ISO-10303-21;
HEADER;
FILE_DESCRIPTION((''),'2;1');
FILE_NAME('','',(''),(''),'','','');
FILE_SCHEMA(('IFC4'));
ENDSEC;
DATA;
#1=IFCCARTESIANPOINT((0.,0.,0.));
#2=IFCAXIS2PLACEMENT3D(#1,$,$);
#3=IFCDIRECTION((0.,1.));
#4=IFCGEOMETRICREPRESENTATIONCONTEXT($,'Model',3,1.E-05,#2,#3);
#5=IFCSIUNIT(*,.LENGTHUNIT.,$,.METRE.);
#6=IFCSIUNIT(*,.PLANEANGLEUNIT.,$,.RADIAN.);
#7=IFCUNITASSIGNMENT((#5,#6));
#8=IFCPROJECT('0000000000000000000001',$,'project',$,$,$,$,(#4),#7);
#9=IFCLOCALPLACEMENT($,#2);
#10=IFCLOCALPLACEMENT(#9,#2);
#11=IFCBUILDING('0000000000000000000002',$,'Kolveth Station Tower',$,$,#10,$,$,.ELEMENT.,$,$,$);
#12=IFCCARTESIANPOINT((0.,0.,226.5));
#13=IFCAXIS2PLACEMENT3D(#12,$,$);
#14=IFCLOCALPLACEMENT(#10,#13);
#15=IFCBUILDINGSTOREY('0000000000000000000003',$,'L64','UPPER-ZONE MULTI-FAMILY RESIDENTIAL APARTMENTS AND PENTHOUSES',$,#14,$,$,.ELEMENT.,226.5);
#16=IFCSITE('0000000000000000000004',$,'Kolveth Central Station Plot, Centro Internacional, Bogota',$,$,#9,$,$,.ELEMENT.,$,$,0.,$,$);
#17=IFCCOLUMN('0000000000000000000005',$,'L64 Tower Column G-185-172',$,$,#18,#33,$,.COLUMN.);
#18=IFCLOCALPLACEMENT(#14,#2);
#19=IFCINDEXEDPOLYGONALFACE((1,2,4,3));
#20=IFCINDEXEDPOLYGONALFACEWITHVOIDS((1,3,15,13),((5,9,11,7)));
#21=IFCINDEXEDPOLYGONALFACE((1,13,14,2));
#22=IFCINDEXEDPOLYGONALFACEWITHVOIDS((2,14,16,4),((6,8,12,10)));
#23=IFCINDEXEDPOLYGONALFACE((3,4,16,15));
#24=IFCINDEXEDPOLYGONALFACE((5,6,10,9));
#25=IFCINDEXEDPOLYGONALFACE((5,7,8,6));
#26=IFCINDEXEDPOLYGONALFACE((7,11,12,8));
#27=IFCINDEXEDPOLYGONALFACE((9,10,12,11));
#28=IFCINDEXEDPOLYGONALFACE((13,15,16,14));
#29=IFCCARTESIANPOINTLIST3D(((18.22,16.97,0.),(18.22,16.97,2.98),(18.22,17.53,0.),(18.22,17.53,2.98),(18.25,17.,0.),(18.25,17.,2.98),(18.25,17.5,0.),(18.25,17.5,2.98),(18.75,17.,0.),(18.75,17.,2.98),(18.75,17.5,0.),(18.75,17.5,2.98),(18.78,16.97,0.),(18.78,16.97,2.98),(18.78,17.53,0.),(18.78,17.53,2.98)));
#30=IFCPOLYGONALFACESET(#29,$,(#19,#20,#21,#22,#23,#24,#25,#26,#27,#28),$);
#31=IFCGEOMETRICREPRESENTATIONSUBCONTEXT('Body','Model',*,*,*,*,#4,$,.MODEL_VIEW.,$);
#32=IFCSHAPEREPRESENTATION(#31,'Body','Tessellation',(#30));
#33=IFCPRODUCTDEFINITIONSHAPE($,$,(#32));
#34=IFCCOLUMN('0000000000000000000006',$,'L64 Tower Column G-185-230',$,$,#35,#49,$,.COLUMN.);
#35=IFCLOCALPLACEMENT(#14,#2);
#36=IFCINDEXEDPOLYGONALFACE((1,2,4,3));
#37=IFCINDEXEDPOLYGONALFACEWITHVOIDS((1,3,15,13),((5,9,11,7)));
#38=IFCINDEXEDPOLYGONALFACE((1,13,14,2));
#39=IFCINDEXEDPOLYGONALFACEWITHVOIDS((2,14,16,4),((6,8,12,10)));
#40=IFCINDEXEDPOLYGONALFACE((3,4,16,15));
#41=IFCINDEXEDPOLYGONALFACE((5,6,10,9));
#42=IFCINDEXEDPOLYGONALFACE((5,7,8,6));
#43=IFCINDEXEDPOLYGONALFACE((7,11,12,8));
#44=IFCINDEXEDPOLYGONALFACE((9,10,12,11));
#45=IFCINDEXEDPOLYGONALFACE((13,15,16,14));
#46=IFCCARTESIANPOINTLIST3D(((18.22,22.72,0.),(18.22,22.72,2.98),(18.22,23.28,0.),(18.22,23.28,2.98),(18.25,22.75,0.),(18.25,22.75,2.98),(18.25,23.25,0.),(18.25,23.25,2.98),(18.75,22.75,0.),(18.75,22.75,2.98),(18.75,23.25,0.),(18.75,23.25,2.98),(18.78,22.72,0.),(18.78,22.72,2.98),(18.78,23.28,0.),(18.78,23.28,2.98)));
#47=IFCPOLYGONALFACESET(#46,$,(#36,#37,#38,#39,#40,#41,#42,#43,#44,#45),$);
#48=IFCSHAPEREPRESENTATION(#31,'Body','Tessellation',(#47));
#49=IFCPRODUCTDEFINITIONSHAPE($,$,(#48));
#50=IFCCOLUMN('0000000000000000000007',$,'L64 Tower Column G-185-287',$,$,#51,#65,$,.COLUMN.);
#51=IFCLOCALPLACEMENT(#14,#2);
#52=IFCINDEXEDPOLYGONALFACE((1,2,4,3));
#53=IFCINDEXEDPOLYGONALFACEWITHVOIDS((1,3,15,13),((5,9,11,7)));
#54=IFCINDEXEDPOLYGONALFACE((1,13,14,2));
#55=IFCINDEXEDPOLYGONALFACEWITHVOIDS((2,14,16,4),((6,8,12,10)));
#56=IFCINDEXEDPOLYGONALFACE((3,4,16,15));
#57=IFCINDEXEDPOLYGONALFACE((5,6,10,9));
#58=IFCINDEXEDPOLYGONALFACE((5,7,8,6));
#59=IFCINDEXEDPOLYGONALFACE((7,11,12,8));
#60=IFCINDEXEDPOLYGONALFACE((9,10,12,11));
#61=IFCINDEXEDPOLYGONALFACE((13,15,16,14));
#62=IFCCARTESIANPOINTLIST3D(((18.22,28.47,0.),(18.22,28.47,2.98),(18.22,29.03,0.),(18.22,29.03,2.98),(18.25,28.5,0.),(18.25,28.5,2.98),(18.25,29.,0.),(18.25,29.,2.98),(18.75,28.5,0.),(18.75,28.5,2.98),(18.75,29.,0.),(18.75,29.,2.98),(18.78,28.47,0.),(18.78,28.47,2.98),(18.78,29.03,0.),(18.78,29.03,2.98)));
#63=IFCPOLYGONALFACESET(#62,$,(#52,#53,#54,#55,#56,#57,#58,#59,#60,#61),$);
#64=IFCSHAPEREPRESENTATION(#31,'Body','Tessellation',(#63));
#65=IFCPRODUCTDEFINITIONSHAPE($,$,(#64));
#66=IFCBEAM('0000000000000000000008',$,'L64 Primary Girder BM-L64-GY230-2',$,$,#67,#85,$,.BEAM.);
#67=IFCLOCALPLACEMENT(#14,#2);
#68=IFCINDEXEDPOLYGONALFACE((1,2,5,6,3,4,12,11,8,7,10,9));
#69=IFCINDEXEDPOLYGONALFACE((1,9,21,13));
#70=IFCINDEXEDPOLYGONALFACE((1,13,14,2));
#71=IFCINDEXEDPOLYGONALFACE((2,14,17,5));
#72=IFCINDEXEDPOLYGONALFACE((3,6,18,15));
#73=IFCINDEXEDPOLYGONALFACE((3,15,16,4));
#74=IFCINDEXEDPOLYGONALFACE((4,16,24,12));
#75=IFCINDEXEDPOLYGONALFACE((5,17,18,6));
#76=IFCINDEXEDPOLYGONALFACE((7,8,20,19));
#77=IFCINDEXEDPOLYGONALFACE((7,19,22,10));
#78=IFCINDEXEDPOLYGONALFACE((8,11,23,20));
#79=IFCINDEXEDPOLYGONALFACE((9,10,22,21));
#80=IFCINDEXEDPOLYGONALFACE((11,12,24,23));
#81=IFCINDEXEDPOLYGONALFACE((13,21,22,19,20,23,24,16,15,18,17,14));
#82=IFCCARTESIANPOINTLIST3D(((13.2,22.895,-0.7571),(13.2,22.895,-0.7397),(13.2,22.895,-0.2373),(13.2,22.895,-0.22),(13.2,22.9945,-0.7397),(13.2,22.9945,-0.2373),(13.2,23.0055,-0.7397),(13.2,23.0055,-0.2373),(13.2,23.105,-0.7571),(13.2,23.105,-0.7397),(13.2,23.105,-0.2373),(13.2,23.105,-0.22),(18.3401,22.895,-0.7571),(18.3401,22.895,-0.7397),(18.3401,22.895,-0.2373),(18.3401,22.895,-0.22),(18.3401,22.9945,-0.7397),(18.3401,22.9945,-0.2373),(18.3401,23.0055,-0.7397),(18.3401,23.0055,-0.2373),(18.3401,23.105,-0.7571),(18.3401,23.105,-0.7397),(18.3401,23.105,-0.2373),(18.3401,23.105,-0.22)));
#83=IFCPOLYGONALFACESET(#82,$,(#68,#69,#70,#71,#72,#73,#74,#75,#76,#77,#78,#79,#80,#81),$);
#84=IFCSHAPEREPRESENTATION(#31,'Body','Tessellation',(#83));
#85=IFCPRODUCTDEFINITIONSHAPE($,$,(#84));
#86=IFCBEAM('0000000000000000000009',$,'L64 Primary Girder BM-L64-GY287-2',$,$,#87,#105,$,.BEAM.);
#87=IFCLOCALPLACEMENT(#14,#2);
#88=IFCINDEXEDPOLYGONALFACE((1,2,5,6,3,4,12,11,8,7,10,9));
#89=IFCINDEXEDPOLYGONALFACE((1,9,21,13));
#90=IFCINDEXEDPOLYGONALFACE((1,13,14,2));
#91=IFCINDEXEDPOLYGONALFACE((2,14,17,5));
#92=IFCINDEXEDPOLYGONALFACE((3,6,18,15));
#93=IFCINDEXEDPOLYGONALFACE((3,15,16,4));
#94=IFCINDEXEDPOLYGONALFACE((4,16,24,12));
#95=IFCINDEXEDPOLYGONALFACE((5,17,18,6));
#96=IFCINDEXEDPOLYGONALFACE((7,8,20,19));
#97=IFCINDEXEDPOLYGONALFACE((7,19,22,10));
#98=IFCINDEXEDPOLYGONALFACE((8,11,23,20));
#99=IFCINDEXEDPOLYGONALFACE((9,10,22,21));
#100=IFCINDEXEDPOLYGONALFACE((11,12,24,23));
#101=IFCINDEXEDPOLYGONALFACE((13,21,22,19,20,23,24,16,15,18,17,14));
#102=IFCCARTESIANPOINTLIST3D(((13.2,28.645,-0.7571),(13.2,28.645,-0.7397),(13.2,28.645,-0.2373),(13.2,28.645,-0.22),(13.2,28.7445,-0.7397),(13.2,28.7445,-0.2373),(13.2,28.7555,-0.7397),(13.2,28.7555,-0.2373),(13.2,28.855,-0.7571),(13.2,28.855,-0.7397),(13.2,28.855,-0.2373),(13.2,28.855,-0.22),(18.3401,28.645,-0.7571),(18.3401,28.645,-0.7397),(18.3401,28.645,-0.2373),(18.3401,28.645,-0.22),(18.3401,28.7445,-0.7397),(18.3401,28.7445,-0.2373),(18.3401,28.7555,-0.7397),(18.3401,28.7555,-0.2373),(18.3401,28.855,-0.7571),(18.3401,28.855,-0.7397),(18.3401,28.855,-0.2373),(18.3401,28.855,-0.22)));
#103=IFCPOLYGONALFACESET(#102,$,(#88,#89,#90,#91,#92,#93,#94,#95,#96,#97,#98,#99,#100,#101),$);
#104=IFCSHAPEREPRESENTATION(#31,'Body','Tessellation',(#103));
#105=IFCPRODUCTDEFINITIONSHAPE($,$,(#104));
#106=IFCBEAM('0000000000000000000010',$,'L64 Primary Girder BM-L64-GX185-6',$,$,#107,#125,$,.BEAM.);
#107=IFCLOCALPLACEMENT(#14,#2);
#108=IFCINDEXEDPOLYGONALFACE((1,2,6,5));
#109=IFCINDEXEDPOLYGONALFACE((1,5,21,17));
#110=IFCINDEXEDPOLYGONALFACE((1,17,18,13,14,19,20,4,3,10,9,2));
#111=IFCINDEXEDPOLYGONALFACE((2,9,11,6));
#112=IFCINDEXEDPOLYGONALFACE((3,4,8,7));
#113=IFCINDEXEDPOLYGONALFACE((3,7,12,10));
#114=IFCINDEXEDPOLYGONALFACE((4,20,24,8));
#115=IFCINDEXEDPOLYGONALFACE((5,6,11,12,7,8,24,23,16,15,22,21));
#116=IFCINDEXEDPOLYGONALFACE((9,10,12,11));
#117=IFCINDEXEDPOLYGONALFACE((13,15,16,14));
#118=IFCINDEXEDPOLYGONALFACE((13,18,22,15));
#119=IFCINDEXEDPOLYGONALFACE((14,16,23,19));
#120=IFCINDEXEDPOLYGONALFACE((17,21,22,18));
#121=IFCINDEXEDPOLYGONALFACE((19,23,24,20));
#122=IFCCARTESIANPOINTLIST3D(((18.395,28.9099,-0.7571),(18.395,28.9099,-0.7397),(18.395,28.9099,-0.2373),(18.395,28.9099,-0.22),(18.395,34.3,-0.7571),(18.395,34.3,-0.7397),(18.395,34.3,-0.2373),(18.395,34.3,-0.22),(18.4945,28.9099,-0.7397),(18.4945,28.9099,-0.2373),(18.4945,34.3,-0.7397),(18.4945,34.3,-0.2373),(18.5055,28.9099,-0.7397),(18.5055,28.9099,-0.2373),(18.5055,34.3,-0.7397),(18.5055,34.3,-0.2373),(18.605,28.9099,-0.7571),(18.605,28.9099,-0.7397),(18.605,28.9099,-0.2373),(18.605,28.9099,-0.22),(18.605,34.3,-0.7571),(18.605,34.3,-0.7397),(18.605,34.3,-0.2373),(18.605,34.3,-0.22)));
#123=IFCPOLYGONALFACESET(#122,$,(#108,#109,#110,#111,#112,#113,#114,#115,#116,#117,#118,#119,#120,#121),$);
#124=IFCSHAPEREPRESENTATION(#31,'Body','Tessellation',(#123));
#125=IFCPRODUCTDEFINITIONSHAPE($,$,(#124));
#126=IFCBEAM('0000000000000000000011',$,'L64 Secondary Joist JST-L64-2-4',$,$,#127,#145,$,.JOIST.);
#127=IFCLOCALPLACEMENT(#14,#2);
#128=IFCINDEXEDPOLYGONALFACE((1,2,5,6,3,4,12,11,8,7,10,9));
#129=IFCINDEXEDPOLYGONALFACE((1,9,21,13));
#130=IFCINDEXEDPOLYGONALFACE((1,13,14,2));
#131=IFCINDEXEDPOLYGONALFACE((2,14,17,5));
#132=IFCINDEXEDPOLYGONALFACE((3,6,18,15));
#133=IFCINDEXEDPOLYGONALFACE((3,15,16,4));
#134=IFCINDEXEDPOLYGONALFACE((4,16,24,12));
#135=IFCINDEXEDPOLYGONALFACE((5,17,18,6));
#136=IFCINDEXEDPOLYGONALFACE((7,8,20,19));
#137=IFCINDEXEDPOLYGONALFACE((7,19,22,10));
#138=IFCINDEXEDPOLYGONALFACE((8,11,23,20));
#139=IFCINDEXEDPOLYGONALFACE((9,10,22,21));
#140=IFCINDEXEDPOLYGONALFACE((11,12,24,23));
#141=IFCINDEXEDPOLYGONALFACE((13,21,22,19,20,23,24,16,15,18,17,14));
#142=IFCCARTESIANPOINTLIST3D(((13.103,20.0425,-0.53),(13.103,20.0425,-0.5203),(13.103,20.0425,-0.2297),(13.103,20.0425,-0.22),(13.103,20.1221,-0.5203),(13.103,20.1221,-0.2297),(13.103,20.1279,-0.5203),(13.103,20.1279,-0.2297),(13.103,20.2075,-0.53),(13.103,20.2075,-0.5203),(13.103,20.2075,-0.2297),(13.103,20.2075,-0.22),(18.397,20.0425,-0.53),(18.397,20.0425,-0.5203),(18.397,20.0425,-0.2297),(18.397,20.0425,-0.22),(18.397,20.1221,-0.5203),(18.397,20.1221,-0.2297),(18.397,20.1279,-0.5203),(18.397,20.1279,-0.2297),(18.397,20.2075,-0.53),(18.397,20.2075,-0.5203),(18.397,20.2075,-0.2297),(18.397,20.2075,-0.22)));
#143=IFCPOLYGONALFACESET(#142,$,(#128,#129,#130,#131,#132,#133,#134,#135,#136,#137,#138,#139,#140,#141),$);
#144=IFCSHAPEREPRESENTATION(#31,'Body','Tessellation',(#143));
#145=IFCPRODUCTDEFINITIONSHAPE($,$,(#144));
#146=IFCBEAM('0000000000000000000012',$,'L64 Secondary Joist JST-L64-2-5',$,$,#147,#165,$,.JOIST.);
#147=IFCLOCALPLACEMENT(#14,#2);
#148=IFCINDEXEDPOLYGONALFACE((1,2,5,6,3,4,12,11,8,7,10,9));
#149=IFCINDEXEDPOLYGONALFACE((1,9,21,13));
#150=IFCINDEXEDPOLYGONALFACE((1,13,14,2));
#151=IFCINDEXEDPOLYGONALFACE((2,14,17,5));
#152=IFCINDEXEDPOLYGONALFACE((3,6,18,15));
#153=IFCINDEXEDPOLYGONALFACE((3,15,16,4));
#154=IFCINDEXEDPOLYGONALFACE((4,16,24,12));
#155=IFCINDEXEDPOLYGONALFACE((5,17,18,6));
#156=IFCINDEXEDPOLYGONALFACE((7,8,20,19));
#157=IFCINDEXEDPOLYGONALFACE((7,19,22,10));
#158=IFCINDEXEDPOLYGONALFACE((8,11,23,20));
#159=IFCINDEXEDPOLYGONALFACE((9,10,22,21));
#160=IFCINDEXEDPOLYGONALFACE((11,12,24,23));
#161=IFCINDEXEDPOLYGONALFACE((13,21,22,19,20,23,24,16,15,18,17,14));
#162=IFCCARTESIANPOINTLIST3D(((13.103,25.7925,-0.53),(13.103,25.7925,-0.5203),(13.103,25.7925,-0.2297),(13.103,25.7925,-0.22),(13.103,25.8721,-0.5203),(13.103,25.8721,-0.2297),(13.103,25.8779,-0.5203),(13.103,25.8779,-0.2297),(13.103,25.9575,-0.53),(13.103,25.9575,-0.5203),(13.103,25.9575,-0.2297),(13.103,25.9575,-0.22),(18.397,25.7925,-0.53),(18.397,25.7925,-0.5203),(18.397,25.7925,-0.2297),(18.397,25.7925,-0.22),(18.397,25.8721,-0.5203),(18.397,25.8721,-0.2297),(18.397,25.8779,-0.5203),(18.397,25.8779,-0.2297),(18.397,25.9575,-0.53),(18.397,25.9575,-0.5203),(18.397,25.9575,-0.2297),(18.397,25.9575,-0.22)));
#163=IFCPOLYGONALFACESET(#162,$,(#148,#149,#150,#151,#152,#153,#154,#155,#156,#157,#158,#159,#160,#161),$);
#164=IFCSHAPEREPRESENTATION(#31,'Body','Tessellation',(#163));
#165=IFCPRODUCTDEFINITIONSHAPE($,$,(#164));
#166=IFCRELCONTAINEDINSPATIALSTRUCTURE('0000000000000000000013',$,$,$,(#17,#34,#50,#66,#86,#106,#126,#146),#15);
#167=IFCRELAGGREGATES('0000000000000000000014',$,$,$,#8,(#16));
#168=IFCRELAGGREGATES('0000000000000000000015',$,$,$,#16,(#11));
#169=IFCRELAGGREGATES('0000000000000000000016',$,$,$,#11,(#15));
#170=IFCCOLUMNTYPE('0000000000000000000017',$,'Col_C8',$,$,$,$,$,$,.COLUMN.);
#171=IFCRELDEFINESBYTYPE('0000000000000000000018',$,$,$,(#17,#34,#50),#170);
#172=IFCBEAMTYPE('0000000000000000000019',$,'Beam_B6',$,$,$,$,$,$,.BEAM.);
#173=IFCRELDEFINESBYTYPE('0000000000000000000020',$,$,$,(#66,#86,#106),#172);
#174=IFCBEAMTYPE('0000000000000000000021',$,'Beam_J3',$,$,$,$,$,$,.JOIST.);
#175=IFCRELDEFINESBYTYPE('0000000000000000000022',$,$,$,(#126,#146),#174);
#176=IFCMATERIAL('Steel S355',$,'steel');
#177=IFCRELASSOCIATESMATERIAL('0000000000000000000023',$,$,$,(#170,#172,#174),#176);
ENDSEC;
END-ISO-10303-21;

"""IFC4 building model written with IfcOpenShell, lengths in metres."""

from ifc_helpers import new_model, si_unit, direction, frame, origin, origin_2d, place, context, subcontext, project, spatial, hollow_rectangle, i_section, extrude, source, transform, mapped, material, material_profile, profile_set, type_object, element, save


model = new_model("IFC4")

# Units and contexts
model_context = context("Model", 3, precision=1e-05, world=origin(), true_north=direction((0.0, 1.0)))
body_context = subcontext(model_context, "Body", "Model", "MODEL_VIEW")
ifc_project = project(units=[si_unit("LENGTHUNIT", "METRE"), si_unit("PLANEANGLEUNIT", "RADIAN")], contexts=[model_context])

# Site, building, storey
site_placement = place(None, origin())
site = spatial("IfcSite", under=ifc_project, at=site_placement, Name="Kolveth Central Station Plot, Centro Internacional, Bogota", CompositionType="ELEMENT", RefElevation=0.0)
building_placement = place(site_placement, origin())
building = spatial("IfcBuilding", under=site, at=building_placement, Name="Kolveth Station Tower", CompositionType="ELEMENT")
storey_placement = place(building_placement, frame((0.0, 0.0, 226.5)))
storey = spatial("IfcBuildingStorey", under=building, at=storey_placement, Name="L64", Description="UPPER-ZONE MULTI-FAMILY RESIDENTIAL APARTMENTS AND PENTHOUSES", CompositionType="ELEMENT", Elevation=226.5)

# Columns
ifc_material_1 = material(Name="Steel S355", Category="steel")
ifc_material_profile_1 = material_profile(ifc_material_1, hollow_rectangle(XDim=0.5601, YDim=0.5601, WallThickness=0.03, at=origin_2d()), Name="BOX560x560x30")
ifc_profile_set_1 = profile_set([ifc_material_profile_1], Name="Steel S355")
column_type = type_object("IfcColumnType", Name="Col_C8", PredefinedType="COLUMN", material=ifc_profile_set_1)
shared_shape_1 = source(origin(), body_context, "Body", "SweptSolid", [
    extrude(hollow_rectangle(XDim=0.5601, YDim=0.5601, WallThickness=0.03, at=origin_2d()), origin(), (0.0, 0.0, 1.0), 2.98),
])
for number, where, z_axis, x_axis, name in (
    (1, (18.5, 17.25, 0.0), (0.0, 0.0, 1.0), (1.0, 0.0, 0.0), "L64 Tower Column G-185-172"),
    (2, (18.5, 23.0, 0.0), (0.0, 0.0, 1.0), (1.0, 0.0, 0.0), "L64 Tower Column G-185-230"),
    (3, (18.5, 28.75, 0.0), (0.0, 0.0, 1.0), (1.0, 0.0, 0.0), "L64 Tower Column G-185-287"),
):
    element("IfcColumn", number, at=place(storey_placement, frame(where, z_axis=z_axis, x_axis=x_axis)), inside=storey, type_object=column_type, Name=name, PredefinedType="COLUMN", context=body_context, shape_type="MappedRepresentation", body=[
        mapped(shared_shape_1, transform((0.0, 0.0, 0.0), x_axis=(1.0, 0.0, 0.0), y_axis=(0.0, 1.0, 0.0), z_axis=(0.0, 0.0, 1.0), scale=1.0)),
    ])

# Beams
ifc_material_profile_2 = material_profile(ifc_material_1, i_section(OverallWidth=0.21, OverallDepth=0.5371, WebThickness=0.011, FlangeThickness=0.0173, at=origin_2d()), Name="W530x101")
ifc_profile_set_2 = profile_set([ifc_material_profile_2], Name="Steel S355")
beam_type_1 = type_object("IfcBeamType", Name="Beam_B6", PredefinedType="BEAM", material=ifc_profile_set_2)
shared_shape_2 = source(origin(), body_context, "Body", "SweptSolid", [
    extrude(i_section(OverallWidth=0.21, OverallDepth=0.5371, WebThickness=0.011, FlangeThickness=0.0173, at=origin_2d()), origin(), (0.0, 0.0, 1.0), 5.1401),
])
for number, where, z_axis, x_axis, name in (
    (4, (13.2, 23.0, -0.4885), (1.0, 0.0, 0.0), (0.0, 1.0, 0.0), "L64 Primary Girder BM-L64-GY230-2"),
    (5, (13.2, 28.75, -0.4885), (1.0, 0.0, 0.0), (0.0, 1.0, 0.0), "L64 Primary Girder BM-L64-GY287-2"),
):
    element("IfcBeam", number, at=place(storey_placement, frame(where, z_axis=z_axis, x_axis=x_axis)), inside=storey, type_object=beam_type_1, Name=name, PredefinedType="BEAM", context=body_context, shape_type="MappedRepresentation", body=[
        mapped(shared_shape_2, transform((0.0, 0.0, 0.0), x_axis=(1.0, 0.0, 0.0), y_axis=(0.0, 1.0, 0.0), z_axis=(0.0, 0.0, 1.0), scale=1.0)),
    ])
shared_shape_3 = source(origin(), body_context, "Body", "SweptSolid", [
    extrude(i_section(OverallWidth=0.21, OverallDepth=0.5371, WebThickness=0.011, FlangeThickness=0.0173, at=origin_2d()), origin(), (0.0, 0.0, 1.0), 5.3901),
])
beam_placement = place(storey_placement, frame((18.5, 28.9099, -0.4885), z_axis=(0.0, 1.0, 0.0), x_axis=(-1.0, 0.0, 0.0)))
element("IfcBeam", 6, at=beam_placement, inside=storey, type_object=beam_type_1, Name="L64 Primary Girder BM-L64-GX185-6", PredefinedType="BEAM", context=body_context, shape_type="MappedRepresentation", body=[
    mapped(shared_shape_3, transform((0.0, 0.0, 0.0), x_axis=(1.0, 0.0, 0.0), y_axis=(0.0, 1.0, 0.0), z_axis=(0.0, 0.0, 1.0), scale=1.0)),
])
ifc_material_profile_3 = material_profile(ifc_material_1, i_section(OverallWidth=0.165, OverallDepth=0.3101, WebThickness=0.0059, FlangeThickness=0.0098, at=origin_2d()), Name="W310x39")
ifc_profile_set_3 = profile_set([ifc_material_profile_3], Name="Steel S355")
beam_type_2 = type_object("IfcBeamType", Name="Beam_J3", PredefinedType="JOIST", material=ifc_profile_set_3)
shared_shape_4 = source(origin(), body_context, "Body", "SweptSolid", [
    extrude(i_section(OverallWidth=0.165, OverallDepth=0.3101, WebThickness=0.0059, FlangeThickness=0.0098, at=origin_2d()), origin(), (0.0, 0.0, 1.0), 5.2939),
])
for number, where, z_axis, x_axis, name in (
    (7, (13.103, 20.125, -0.375), (1.0, 0.0, 0.0), (0.0, 1.0, 0.0), "L64 Secondary Joist JST-L64-2-4"),
    (8, (13.103, 25.875, -0.375), (1.0, 0.0, 0.0), (0.0, 1.0, 0.0), "L64 Secondary Joist JST-L64-2-5"),
):
    element("IfcBeam", number, at=place(storey_placement, frame(where, z_axis=z_axis, x_axis=x_axis)), inside=storey, type_object=beam_type_2, Name=name, PredefinedType="JOIST", context=body_context, shape_type="MappedRepresentation", body=[
        mapped(shared_shape_4, transform((0.0, 0.0, 0.0), x_axis=(1.0, 0.0, 0.0), y_axis=(0.0, 1.0, 0.0), z_axis=(0.0, 0.0, 1.0), scale=1.0)),
    ])

save(model, "model.ifc")
